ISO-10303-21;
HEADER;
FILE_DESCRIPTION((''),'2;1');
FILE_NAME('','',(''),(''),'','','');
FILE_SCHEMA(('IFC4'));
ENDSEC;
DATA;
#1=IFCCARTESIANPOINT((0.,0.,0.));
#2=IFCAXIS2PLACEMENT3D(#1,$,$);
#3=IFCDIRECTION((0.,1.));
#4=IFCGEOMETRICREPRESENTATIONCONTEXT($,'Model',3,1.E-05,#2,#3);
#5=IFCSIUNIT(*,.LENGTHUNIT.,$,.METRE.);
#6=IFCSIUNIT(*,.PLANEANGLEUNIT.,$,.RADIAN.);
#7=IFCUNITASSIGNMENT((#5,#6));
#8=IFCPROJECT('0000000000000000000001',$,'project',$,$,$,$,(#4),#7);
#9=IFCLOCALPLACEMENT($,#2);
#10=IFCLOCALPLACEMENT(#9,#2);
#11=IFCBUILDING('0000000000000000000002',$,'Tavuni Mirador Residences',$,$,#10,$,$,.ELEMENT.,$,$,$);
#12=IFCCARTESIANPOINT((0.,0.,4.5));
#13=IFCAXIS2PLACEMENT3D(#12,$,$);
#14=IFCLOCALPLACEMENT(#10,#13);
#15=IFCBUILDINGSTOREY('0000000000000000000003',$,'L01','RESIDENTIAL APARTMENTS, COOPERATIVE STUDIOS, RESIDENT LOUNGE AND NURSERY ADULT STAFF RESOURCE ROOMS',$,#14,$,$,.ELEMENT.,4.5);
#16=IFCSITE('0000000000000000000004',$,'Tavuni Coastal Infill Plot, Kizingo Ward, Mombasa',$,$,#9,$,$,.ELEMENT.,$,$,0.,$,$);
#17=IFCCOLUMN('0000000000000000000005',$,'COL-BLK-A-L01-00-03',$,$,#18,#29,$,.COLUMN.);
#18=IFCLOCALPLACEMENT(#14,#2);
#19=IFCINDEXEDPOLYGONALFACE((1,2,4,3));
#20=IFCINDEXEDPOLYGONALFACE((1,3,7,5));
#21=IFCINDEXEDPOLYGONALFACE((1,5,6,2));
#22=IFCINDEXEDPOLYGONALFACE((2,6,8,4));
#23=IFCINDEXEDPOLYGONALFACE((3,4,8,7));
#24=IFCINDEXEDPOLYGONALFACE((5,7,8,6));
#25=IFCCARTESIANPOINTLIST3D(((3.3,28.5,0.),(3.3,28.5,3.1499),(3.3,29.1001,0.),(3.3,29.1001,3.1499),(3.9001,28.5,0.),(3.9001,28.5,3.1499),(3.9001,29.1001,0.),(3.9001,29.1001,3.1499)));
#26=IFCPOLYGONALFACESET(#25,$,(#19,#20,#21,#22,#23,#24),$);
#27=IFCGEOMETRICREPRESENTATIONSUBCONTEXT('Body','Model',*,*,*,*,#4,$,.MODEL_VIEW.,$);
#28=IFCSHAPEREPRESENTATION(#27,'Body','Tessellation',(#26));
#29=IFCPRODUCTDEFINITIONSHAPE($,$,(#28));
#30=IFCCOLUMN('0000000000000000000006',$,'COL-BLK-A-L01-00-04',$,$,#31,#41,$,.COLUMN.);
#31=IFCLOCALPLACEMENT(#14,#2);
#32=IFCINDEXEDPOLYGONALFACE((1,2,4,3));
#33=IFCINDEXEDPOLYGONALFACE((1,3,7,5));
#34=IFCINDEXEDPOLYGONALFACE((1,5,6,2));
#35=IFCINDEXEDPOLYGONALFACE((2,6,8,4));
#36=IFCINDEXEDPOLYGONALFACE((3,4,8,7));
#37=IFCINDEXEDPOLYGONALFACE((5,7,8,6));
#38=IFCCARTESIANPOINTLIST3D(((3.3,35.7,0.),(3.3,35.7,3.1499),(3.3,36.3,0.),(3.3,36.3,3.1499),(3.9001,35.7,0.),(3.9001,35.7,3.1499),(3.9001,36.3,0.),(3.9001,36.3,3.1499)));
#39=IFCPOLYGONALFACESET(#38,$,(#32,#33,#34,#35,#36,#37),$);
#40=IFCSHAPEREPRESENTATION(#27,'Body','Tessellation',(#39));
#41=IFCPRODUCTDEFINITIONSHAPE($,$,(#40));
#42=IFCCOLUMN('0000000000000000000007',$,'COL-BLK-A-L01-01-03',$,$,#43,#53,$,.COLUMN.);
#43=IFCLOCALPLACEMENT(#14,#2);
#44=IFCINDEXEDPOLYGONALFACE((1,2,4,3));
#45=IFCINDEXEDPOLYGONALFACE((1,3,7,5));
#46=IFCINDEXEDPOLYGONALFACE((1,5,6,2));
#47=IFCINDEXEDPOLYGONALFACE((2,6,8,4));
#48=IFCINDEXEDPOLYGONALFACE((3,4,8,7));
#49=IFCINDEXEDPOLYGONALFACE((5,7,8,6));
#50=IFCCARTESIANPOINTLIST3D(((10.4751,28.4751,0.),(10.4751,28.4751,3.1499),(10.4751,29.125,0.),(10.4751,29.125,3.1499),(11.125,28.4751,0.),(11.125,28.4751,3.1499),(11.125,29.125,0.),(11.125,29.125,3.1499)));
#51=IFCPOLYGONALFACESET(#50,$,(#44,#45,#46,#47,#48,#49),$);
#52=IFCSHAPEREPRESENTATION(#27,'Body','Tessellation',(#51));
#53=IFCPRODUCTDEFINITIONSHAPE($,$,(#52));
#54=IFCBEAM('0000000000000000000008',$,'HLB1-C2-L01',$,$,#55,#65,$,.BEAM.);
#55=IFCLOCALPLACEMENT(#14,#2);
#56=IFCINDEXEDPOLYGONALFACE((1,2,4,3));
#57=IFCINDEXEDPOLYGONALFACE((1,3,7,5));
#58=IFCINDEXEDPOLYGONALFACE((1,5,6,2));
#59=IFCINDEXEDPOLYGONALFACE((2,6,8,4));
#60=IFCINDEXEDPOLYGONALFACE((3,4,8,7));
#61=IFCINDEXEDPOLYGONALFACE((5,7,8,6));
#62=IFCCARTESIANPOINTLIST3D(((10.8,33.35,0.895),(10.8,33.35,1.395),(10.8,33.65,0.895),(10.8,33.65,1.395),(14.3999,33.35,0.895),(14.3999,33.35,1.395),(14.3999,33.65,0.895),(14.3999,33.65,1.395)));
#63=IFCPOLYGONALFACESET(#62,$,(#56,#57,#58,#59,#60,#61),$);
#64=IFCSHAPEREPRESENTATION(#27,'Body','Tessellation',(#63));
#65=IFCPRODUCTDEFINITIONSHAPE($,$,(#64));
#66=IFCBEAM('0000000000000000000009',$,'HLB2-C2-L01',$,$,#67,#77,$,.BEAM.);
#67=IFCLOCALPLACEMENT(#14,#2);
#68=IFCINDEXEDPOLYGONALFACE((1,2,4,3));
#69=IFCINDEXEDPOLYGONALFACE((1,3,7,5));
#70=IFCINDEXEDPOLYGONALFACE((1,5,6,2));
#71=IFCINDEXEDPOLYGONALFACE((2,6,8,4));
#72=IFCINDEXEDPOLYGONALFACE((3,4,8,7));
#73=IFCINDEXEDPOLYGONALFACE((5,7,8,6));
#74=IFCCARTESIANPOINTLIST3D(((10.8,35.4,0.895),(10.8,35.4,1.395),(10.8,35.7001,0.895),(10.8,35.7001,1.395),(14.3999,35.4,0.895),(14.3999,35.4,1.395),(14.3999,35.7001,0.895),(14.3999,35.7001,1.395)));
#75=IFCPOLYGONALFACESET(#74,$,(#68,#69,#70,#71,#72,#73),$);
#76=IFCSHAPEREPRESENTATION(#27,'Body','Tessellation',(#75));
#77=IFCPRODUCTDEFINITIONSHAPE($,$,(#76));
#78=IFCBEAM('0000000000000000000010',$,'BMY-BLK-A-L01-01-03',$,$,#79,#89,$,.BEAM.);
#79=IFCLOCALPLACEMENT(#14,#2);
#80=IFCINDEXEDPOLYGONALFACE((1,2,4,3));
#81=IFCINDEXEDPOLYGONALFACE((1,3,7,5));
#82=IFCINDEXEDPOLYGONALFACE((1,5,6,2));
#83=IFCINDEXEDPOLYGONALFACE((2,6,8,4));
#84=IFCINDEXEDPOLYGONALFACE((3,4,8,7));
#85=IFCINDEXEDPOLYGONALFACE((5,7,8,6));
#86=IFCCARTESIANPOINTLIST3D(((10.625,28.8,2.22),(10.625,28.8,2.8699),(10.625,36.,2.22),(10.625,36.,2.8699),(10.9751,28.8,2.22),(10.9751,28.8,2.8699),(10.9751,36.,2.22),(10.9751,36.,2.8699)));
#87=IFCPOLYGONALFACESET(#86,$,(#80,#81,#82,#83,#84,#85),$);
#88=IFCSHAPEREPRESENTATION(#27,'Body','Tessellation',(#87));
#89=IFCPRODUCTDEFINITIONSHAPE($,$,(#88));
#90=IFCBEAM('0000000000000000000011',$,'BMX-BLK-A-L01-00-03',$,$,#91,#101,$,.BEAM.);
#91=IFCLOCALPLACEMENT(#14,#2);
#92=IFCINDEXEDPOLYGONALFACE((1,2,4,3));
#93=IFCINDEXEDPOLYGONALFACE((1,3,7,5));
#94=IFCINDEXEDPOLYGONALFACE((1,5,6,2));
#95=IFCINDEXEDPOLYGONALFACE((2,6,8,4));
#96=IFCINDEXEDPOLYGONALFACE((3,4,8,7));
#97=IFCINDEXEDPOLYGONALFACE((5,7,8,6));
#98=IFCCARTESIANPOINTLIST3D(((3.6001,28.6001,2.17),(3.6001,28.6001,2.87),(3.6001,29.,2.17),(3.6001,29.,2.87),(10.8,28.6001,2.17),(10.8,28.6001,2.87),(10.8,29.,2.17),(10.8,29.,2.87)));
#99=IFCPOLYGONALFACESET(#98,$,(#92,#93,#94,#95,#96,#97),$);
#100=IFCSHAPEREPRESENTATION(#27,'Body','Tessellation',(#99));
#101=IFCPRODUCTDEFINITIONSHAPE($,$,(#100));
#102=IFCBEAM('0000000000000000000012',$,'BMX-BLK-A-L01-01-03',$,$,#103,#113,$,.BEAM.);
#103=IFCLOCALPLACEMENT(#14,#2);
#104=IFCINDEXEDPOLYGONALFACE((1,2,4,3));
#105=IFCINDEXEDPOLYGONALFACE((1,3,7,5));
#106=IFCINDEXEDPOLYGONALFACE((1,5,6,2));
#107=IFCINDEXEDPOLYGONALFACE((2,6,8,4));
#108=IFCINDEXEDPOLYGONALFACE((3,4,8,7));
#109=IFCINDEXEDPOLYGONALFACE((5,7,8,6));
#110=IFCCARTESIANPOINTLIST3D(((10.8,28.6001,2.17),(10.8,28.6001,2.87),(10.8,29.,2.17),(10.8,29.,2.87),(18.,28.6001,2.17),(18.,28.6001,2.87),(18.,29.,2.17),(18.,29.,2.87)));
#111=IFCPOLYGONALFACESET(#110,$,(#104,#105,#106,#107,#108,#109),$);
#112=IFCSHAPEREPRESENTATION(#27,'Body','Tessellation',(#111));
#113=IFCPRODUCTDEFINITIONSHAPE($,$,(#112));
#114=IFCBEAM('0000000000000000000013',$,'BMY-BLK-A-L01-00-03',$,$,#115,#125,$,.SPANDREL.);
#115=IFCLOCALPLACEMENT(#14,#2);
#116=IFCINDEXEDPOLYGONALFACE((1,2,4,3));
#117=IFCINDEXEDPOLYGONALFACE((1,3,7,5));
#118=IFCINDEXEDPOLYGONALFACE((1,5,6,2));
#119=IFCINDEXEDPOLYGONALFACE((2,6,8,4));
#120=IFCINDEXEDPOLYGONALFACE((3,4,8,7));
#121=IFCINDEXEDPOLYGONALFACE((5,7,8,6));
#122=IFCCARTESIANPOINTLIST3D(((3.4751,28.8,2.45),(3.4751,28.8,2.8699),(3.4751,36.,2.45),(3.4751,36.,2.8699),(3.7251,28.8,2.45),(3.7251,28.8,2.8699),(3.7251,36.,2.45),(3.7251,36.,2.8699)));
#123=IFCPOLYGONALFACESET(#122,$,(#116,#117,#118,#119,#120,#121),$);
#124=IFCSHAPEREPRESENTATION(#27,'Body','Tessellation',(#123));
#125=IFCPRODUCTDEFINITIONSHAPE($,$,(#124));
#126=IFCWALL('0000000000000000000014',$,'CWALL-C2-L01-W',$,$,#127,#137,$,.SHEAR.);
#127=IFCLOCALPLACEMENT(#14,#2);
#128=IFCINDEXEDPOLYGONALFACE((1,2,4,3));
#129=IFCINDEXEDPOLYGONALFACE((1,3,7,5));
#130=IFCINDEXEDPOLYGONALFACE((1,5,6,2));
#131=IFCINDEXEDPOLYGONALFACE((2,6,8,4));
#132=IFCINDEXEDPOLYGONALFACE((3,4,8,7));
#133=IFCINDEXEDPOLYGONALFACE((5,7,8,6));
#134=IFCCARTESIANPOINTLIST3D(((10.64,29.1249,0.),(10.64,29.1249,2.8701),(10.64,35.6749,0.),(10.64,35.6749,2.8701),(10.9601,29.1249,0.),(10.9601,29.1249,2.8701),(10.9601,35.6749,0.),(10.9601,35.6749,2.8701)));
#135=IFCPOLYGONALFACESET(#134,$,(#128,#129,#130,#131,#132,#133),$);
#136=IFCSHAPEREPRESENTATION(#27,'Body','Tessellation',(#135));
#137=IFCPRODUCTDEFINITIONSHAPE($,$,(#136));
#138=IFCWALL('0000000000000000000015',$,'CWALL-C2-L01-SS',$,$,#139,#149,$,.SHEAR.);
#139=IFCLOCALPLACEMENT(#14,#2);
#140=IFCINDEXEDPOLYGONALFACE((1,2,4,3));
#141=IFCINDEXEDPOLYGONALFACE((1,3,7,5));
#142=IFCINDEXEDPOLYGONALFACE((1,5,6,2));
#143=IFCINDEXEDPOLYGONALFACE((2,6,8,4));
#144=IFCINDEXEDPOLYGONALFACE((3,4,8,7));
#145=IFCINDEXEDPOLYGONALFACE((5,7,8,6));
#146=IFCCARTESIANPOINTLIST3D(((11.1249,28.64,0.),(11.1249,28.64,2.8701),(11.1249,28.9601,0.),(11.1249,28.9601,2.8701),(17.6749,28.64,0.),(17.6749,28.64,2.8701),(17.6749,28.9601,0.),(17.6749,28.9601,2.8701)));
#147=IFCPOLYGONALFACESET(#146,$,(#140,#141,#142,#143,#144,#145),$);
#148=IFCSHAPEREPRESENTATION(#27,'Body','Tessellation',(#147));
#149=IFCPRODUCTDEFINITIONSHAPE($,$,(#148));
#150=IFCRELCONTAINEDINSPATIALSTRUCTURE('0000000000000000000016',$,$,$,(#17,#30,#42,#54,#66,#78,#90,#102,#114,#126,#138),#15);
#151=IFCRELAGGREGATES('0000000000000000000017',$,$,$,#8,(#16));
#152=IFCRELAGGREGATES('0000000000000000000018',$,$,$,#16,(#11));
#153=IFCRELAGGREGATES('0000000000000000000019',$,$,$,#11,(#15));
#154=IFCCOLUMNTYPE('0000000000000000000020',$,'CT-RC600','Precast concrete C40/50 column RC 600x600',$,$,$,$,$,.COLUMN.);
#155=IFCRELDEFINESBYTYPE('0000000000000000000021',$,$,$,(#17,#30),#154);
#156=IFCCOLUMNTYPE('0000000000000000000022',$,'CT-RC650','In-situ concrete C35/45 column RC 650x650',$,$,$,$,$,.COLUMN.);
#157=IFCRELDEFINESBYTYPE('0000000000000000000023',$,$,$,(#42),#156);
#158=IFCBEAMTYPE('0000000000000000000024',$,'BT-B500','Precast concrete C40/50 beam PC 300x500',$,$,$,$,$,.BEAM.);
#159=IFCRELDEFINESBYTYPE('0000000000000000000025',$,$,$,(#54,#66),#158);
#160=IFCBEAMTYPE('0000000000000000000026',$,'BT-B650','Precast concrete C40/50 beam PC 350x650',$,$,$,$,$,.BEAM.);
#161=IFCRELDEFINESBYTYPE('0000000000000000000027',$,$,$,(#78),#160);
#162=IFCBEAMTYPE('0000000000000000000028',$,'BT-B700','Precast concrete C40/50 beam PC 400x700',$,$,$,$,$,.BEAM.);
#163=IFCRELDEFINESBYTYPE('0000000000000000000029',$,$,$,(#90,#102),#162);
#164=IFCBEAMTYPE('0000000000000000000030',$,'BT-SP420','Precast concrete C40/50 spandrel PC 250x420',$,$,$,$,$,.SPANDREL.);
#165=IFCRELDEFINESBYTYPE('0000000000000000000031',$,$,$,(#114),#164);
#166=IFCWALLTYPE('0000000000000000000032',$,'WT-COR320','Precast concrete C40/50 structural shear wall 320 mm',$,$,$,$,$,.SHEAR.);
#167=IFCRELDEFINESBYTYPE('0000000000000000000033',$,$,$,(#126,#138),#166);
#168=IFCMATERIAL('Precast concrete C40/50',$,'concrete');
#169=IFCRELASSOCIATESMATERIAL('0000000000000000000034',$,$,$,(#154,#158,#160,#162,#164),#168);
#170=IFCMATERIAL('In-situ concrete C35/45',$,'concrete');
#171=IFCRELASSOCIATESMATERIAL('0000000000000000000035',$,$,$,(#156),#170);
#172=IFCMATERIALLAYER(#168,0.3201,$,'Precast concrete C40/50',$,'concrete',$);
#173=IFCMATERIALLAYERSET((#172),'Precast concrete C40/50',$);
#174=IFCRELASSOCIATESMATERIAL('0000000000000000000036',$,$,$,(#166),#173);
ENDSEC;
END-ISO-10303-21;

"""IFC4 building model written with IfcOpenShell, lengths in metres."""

from ifc_helpers import new_model, si_unit, direction, frame, frame_2d, origin, origin_2d, place, context, subcontext, project, spatial, rectangle, extrude, material, layer, layer_set, material_profile, profile_set, type_object, element, save


model = new_model("IFC4")

# Units and contexts
model_context = context("Model", 3, precision=1e-05, world=origin(), true_north=direction((0.0, 1.0)))
body_context = subcontext(model_context, "Body", "Model", "MODEL_VIEW")
ifc_project = project(units=[si_unit("LENGTHUNIT", "METRE"), si_unit("PLANEANGLEUNIT", "RADIAN")], contexts=[model_context])

# Site, building, storey
site_placement = place(None, origin())
site = spatial("IfcSite", under=ifc_project, at=site_placement, Name="Tavuni Coastal Infill Plot, Kizingo Ward, Mombasa", CompositionType="ELEMENT", RefElevation=0.0)
building_placement = place(site_placement, origin())
building = spatial("IfcBuilding", under=site, at=building_placement, Name="Tavuni Mirador Residences", CompositionType="ELEMENT")
storey_placement = place(building_placement, frame((0.0, 0.0, 4.5)))
storey = spatial("IfcBuildingStorey", under=building, at=storey_placement, Name="L01", Description="RESIDENTIAL APARTMENTS, COOPERATIVE STUDIOS, RESIDENT LOUNGE AND NURSERY ADULT STAFF RESOURCE ROOMS", CompositionType="ELEMENT", Elevation=4.5)

# Columns
ifc_material_1 = material(Name="Precast concrete C40/50", Category="concrete")
ifc_material_profile_1 = material_profile(ifc_material_1, rectangle(XDim=0.6001, YDim=0.6001, at=origin_2d()), Name="RC 600x600", Category="concrete")
ifc_profile_set_1 = profile_set([ifc_material_profile_1], Name="Precast concrete C40/50")
column_type_1 = type_object("IfcColumnType", Name="CT-RC600", Description="Precast concrete C40/50 column RC 600x600", PredefinedType="COLUMN", material=ifc_profile_set_1)
for number, where, z_axis, x_axis, name in (
    (1, (3.6001, 28.8, 0.0), (0.0, 0.0, 1.0), (1.0, 0.0, 0.0), "COL-BLK-A-L01-00-03"),
    (2, (3.6001, 36.0, 0.0), (0.0, 0.0, 1.0), (1.0, 0.0, 0.0), "COL-BLK-A-L01-00-04"),
):
    element("IfcColumn", number, at=place(storey_placement, frame(where, z_axis=z_axis, x_axis=x_axis)), inside=storey, type_object=column_type_1, Name=name, PredefinedType="COLUMN", context=body_context, shape_type="SweptSolid", body=[
        extrude(rectangle(XDim=0.6001, YDim=0.6001, at=origin_2d()), origin(), (0.0, 0.0, 1.0), 3.1499),
    ])
ifc_material_2 = material(Name="In-situ concrete C35/45", Category="concrete")
ifc_material_profile_2 = material_profile(ifc_material_2, rectangle(XDim=0.6499, YDim=0.6499, at=origin_2d()), Name="RC 650x650", Category="concrete")
ifc_profile_set_2 = profile_set([ifc_material_profile_2], Name="In-situ concrete C35/45")
column_type_2 = type_object("IfcColumnType", Name="CT-RC650", Description="In-situ concrete C35/45 column RC 650x650", PredefinedType="COLUMN", material=ifc_profile_set_2)
column_placement = place(storey_placement, frame((10.8, 28.8, 0.0), z_axis=(0.0, 0.0, 1.0), x_axis=(1.0, 0.0, 0.0)))
element("IfcColumn", 3, at=column_placement, inside=storey, type_object=column_type_2, Name="COL-BLK-A-L01-01-03", PredefinedType="COLUMN", context=body_context, shape_type="SweptSolid", body=[
    extrude(rectangle(XDim=0.6499, YDim=0.6499, at=origin_2d()), origin(), (0.0, 0.0, 1.0), 3.1499),
])

# Beams
ifc_material_profile_3 = material_profile(ifc_material_1, rectangle(XDim=0.3, YDim=0.5, at=origin_2d()), Name="PC 300x500", Category="concrete")
ifc_profile_set_3 = profile_set([ifc_material_profile_3], Name="Precast concrete C40/50")
beam_type_1 = type_object("IfcBeamType", Name="BT-B500", Description="Precast concrete C40/50 beam PC 300x500", PredefinedType="BEAM", material=ifc_profile_set_3)
for number, where, z_axis, x_axis, name in (
    (4, (10.8, 33.5, 1.145), (1.0, 0.0, 0.0), (0.0, 1.0, 0.0), "HLB1-C2-L01"),
    (5, (10.8, 35.55, 1.145), (1.0, 0.0, 0.0), (0.0, 1.0, 0.0), "HLB2-C2-L01"),
):
    element("IfcBeam", number, at=place(storey_placement, frame(where, z_axis=z_axis, x_axis=x_axis)), inside=storey, type_object=beam_type_1, Name=name, PredefinedType="BEAM", context=body_context, shape_type="SweptSolid", body=[
        extrude(rectangle(XDim=0.3, YDim=0.5, at=origin_2d()), origin(), (0.0, 0.0, 1.0), 3.5999),
    ])
ifc_material_profile_4 = material_profile(ifc_material_1, rectangle(XDim=0.3501, YDim=0.6499, at=origin_2d()), Name="PC 350x650", Category="concrete")
ifc_profile_set_4 = profile_set([ifc_material_profile_4], Name="Precast concrete C40/50")
beam_type_2 = type_object("IfcBeamType", Name="BT-B650", Description="Precast concrete C40/50 beam PC 350x650", PredefinedType="BEAM", material=ifc_profile_set_4)
beam_1_placement = place(storey_placement, frame((10.8, 28.8, 2.5449), z_axis=(0.0, 1.0, 0.0), x_axis=(-1.0, 0.0, 0.0)))
element("IfcBeam", 6, at=beam_1_placement, inside=storey, type_object=beam_type_2, Name="BMY-BLK-A-L01-01-03", PredefinedType="BEAM", context=body_context, shape_type="SweptSolid", body=[
    extrude(rectangle(XDim=0.3501, YDim=0.6499, at=origin_2d()), origin(), (0.0, 0.0, 1.0), 7.2),
])
ifc_material_profile_5 = material_profile(ifc_material_1, rectangle(XDim=0.3999, YDim=0.7, at=origin_2d()), Name="PC 400x700", Category="concrete")
ifc_profile_set_5 = profile_set([ifc_material_profile_5], Name="Precast concrete C40/50")
beam_type_3 = type_object("IfcBeamType", Name="BT-B700", Description="Precast concrete C40/50 beam PC 400x700", PredefinedType="BEAM", material=ifc_profile_set_5)
for number, where, z_axis, x_axis, name in (
    (7, (3.6001, 28.8, 2.52), (1.0, 0.0, 0.0), (0.0, 1.0, 0.0), "BMX-BLK-A-L01-00-03"),
    (8, (10.8, 28.8, 2.52), (1.0, 0.0, 0.0), (0.0, 1.0, 0.0), "BMX-BLK-A-L01-01-03"),
):
    element("IfcBeam", number, at=place(storey_placement, frame(where, z_axis=z_axis, x_axis=x_axis)), inside=storey, type_object=beam_type_3, Name=name, PredefinedType="BEAM", context=body_context, shape_type="SweptSolid", body=[
        extrude(rectangle(XDim=0.3999, YDim=0.7, at=origin_2d()), origin(), (0.0, 0.0, 1.0), 7.2),
    ])
ifc_material_profile_6 = material_profile(ifc_material_1, rectangle(XDim=0.25, YDim=0.4199, at=origin_2d()), Name="PC 250x420", Category="concrete")
ifc_profile_set_6 = profile_set([ifc_material_profile_6], Name="Precast concrete C40/50")
beam_type_4 = type_object("IfcBeamType", Name="BT-SP420", Description="Precast concrete C40/50 spandrel PC 250x420", PredefinedType="SPANDREL", material=ifc_profile_set_6)
beam_2_placement = place(storey_placement, frame((3.6001, 28.8, 2.6599), z_axis=(0.0, 1.0, 0.0), x_axis=(-1.0, 0.0, 0.0)))
element("IfcBeam", 9, at=beam_2_placement, inside=storey, type_object=beam_type_4, Name="BMY-BLK-A-L01-00-03", PredefinedType="SPANDREL", context=body_context, shape_type="SweptSolid", body=[
    extrude(rectangle(XDim=0.25, YDim=0.4199, at=origin_2d()), origin(), (0.0, 0.0, 1.0), 7.2),
])

# Walls
ifc_layer_1 = layer(ifc_material_1, 0.3201, Name="Precast concrete C40/50", Category="concrete")
ifc_layer_set_1 = layer_set([ifc_layer_1], Name="Precast concrete C40/50")
wall_type_1 = type_object("IfcWallType", Name="WT-COR320", Description="Precast concrete C40/50 structural shear wall 320 mm", PredefinedType="SHEAR", material=ifc_layer_set_1)
for number, where, z_axis, x_axis, name in (
    (10, (10.8, 29.125, 0.0), (0.0, 0.0, 1.0), (0.0, 1.0, 0.0), "CWALL-C2-L01-W"),
    (11, (11.125, 28.8, 0.0), (0.0, 0.0, 1.0), (1.0, 0.0, 0.0), "CWALL-C2-L01-SS"),
):
    element("IfcWall", number, at=place(storey_placement, frame(where, z_axis=z_axis, x_axis=x_axis)), inside=storey, type_object=wall_type_1, Name=name, PredefinedType="SHEAR", context=body_context, shape_type="SweptSolid", body=[
        extrude(rectangle(XDim=6.55, YDim=0.3201, at=frame_2d((3.2749, 0.0))), origin(), (0.0, 0.0, 1.0), 2.8701),
    ])

save(model, "model.ifc")
